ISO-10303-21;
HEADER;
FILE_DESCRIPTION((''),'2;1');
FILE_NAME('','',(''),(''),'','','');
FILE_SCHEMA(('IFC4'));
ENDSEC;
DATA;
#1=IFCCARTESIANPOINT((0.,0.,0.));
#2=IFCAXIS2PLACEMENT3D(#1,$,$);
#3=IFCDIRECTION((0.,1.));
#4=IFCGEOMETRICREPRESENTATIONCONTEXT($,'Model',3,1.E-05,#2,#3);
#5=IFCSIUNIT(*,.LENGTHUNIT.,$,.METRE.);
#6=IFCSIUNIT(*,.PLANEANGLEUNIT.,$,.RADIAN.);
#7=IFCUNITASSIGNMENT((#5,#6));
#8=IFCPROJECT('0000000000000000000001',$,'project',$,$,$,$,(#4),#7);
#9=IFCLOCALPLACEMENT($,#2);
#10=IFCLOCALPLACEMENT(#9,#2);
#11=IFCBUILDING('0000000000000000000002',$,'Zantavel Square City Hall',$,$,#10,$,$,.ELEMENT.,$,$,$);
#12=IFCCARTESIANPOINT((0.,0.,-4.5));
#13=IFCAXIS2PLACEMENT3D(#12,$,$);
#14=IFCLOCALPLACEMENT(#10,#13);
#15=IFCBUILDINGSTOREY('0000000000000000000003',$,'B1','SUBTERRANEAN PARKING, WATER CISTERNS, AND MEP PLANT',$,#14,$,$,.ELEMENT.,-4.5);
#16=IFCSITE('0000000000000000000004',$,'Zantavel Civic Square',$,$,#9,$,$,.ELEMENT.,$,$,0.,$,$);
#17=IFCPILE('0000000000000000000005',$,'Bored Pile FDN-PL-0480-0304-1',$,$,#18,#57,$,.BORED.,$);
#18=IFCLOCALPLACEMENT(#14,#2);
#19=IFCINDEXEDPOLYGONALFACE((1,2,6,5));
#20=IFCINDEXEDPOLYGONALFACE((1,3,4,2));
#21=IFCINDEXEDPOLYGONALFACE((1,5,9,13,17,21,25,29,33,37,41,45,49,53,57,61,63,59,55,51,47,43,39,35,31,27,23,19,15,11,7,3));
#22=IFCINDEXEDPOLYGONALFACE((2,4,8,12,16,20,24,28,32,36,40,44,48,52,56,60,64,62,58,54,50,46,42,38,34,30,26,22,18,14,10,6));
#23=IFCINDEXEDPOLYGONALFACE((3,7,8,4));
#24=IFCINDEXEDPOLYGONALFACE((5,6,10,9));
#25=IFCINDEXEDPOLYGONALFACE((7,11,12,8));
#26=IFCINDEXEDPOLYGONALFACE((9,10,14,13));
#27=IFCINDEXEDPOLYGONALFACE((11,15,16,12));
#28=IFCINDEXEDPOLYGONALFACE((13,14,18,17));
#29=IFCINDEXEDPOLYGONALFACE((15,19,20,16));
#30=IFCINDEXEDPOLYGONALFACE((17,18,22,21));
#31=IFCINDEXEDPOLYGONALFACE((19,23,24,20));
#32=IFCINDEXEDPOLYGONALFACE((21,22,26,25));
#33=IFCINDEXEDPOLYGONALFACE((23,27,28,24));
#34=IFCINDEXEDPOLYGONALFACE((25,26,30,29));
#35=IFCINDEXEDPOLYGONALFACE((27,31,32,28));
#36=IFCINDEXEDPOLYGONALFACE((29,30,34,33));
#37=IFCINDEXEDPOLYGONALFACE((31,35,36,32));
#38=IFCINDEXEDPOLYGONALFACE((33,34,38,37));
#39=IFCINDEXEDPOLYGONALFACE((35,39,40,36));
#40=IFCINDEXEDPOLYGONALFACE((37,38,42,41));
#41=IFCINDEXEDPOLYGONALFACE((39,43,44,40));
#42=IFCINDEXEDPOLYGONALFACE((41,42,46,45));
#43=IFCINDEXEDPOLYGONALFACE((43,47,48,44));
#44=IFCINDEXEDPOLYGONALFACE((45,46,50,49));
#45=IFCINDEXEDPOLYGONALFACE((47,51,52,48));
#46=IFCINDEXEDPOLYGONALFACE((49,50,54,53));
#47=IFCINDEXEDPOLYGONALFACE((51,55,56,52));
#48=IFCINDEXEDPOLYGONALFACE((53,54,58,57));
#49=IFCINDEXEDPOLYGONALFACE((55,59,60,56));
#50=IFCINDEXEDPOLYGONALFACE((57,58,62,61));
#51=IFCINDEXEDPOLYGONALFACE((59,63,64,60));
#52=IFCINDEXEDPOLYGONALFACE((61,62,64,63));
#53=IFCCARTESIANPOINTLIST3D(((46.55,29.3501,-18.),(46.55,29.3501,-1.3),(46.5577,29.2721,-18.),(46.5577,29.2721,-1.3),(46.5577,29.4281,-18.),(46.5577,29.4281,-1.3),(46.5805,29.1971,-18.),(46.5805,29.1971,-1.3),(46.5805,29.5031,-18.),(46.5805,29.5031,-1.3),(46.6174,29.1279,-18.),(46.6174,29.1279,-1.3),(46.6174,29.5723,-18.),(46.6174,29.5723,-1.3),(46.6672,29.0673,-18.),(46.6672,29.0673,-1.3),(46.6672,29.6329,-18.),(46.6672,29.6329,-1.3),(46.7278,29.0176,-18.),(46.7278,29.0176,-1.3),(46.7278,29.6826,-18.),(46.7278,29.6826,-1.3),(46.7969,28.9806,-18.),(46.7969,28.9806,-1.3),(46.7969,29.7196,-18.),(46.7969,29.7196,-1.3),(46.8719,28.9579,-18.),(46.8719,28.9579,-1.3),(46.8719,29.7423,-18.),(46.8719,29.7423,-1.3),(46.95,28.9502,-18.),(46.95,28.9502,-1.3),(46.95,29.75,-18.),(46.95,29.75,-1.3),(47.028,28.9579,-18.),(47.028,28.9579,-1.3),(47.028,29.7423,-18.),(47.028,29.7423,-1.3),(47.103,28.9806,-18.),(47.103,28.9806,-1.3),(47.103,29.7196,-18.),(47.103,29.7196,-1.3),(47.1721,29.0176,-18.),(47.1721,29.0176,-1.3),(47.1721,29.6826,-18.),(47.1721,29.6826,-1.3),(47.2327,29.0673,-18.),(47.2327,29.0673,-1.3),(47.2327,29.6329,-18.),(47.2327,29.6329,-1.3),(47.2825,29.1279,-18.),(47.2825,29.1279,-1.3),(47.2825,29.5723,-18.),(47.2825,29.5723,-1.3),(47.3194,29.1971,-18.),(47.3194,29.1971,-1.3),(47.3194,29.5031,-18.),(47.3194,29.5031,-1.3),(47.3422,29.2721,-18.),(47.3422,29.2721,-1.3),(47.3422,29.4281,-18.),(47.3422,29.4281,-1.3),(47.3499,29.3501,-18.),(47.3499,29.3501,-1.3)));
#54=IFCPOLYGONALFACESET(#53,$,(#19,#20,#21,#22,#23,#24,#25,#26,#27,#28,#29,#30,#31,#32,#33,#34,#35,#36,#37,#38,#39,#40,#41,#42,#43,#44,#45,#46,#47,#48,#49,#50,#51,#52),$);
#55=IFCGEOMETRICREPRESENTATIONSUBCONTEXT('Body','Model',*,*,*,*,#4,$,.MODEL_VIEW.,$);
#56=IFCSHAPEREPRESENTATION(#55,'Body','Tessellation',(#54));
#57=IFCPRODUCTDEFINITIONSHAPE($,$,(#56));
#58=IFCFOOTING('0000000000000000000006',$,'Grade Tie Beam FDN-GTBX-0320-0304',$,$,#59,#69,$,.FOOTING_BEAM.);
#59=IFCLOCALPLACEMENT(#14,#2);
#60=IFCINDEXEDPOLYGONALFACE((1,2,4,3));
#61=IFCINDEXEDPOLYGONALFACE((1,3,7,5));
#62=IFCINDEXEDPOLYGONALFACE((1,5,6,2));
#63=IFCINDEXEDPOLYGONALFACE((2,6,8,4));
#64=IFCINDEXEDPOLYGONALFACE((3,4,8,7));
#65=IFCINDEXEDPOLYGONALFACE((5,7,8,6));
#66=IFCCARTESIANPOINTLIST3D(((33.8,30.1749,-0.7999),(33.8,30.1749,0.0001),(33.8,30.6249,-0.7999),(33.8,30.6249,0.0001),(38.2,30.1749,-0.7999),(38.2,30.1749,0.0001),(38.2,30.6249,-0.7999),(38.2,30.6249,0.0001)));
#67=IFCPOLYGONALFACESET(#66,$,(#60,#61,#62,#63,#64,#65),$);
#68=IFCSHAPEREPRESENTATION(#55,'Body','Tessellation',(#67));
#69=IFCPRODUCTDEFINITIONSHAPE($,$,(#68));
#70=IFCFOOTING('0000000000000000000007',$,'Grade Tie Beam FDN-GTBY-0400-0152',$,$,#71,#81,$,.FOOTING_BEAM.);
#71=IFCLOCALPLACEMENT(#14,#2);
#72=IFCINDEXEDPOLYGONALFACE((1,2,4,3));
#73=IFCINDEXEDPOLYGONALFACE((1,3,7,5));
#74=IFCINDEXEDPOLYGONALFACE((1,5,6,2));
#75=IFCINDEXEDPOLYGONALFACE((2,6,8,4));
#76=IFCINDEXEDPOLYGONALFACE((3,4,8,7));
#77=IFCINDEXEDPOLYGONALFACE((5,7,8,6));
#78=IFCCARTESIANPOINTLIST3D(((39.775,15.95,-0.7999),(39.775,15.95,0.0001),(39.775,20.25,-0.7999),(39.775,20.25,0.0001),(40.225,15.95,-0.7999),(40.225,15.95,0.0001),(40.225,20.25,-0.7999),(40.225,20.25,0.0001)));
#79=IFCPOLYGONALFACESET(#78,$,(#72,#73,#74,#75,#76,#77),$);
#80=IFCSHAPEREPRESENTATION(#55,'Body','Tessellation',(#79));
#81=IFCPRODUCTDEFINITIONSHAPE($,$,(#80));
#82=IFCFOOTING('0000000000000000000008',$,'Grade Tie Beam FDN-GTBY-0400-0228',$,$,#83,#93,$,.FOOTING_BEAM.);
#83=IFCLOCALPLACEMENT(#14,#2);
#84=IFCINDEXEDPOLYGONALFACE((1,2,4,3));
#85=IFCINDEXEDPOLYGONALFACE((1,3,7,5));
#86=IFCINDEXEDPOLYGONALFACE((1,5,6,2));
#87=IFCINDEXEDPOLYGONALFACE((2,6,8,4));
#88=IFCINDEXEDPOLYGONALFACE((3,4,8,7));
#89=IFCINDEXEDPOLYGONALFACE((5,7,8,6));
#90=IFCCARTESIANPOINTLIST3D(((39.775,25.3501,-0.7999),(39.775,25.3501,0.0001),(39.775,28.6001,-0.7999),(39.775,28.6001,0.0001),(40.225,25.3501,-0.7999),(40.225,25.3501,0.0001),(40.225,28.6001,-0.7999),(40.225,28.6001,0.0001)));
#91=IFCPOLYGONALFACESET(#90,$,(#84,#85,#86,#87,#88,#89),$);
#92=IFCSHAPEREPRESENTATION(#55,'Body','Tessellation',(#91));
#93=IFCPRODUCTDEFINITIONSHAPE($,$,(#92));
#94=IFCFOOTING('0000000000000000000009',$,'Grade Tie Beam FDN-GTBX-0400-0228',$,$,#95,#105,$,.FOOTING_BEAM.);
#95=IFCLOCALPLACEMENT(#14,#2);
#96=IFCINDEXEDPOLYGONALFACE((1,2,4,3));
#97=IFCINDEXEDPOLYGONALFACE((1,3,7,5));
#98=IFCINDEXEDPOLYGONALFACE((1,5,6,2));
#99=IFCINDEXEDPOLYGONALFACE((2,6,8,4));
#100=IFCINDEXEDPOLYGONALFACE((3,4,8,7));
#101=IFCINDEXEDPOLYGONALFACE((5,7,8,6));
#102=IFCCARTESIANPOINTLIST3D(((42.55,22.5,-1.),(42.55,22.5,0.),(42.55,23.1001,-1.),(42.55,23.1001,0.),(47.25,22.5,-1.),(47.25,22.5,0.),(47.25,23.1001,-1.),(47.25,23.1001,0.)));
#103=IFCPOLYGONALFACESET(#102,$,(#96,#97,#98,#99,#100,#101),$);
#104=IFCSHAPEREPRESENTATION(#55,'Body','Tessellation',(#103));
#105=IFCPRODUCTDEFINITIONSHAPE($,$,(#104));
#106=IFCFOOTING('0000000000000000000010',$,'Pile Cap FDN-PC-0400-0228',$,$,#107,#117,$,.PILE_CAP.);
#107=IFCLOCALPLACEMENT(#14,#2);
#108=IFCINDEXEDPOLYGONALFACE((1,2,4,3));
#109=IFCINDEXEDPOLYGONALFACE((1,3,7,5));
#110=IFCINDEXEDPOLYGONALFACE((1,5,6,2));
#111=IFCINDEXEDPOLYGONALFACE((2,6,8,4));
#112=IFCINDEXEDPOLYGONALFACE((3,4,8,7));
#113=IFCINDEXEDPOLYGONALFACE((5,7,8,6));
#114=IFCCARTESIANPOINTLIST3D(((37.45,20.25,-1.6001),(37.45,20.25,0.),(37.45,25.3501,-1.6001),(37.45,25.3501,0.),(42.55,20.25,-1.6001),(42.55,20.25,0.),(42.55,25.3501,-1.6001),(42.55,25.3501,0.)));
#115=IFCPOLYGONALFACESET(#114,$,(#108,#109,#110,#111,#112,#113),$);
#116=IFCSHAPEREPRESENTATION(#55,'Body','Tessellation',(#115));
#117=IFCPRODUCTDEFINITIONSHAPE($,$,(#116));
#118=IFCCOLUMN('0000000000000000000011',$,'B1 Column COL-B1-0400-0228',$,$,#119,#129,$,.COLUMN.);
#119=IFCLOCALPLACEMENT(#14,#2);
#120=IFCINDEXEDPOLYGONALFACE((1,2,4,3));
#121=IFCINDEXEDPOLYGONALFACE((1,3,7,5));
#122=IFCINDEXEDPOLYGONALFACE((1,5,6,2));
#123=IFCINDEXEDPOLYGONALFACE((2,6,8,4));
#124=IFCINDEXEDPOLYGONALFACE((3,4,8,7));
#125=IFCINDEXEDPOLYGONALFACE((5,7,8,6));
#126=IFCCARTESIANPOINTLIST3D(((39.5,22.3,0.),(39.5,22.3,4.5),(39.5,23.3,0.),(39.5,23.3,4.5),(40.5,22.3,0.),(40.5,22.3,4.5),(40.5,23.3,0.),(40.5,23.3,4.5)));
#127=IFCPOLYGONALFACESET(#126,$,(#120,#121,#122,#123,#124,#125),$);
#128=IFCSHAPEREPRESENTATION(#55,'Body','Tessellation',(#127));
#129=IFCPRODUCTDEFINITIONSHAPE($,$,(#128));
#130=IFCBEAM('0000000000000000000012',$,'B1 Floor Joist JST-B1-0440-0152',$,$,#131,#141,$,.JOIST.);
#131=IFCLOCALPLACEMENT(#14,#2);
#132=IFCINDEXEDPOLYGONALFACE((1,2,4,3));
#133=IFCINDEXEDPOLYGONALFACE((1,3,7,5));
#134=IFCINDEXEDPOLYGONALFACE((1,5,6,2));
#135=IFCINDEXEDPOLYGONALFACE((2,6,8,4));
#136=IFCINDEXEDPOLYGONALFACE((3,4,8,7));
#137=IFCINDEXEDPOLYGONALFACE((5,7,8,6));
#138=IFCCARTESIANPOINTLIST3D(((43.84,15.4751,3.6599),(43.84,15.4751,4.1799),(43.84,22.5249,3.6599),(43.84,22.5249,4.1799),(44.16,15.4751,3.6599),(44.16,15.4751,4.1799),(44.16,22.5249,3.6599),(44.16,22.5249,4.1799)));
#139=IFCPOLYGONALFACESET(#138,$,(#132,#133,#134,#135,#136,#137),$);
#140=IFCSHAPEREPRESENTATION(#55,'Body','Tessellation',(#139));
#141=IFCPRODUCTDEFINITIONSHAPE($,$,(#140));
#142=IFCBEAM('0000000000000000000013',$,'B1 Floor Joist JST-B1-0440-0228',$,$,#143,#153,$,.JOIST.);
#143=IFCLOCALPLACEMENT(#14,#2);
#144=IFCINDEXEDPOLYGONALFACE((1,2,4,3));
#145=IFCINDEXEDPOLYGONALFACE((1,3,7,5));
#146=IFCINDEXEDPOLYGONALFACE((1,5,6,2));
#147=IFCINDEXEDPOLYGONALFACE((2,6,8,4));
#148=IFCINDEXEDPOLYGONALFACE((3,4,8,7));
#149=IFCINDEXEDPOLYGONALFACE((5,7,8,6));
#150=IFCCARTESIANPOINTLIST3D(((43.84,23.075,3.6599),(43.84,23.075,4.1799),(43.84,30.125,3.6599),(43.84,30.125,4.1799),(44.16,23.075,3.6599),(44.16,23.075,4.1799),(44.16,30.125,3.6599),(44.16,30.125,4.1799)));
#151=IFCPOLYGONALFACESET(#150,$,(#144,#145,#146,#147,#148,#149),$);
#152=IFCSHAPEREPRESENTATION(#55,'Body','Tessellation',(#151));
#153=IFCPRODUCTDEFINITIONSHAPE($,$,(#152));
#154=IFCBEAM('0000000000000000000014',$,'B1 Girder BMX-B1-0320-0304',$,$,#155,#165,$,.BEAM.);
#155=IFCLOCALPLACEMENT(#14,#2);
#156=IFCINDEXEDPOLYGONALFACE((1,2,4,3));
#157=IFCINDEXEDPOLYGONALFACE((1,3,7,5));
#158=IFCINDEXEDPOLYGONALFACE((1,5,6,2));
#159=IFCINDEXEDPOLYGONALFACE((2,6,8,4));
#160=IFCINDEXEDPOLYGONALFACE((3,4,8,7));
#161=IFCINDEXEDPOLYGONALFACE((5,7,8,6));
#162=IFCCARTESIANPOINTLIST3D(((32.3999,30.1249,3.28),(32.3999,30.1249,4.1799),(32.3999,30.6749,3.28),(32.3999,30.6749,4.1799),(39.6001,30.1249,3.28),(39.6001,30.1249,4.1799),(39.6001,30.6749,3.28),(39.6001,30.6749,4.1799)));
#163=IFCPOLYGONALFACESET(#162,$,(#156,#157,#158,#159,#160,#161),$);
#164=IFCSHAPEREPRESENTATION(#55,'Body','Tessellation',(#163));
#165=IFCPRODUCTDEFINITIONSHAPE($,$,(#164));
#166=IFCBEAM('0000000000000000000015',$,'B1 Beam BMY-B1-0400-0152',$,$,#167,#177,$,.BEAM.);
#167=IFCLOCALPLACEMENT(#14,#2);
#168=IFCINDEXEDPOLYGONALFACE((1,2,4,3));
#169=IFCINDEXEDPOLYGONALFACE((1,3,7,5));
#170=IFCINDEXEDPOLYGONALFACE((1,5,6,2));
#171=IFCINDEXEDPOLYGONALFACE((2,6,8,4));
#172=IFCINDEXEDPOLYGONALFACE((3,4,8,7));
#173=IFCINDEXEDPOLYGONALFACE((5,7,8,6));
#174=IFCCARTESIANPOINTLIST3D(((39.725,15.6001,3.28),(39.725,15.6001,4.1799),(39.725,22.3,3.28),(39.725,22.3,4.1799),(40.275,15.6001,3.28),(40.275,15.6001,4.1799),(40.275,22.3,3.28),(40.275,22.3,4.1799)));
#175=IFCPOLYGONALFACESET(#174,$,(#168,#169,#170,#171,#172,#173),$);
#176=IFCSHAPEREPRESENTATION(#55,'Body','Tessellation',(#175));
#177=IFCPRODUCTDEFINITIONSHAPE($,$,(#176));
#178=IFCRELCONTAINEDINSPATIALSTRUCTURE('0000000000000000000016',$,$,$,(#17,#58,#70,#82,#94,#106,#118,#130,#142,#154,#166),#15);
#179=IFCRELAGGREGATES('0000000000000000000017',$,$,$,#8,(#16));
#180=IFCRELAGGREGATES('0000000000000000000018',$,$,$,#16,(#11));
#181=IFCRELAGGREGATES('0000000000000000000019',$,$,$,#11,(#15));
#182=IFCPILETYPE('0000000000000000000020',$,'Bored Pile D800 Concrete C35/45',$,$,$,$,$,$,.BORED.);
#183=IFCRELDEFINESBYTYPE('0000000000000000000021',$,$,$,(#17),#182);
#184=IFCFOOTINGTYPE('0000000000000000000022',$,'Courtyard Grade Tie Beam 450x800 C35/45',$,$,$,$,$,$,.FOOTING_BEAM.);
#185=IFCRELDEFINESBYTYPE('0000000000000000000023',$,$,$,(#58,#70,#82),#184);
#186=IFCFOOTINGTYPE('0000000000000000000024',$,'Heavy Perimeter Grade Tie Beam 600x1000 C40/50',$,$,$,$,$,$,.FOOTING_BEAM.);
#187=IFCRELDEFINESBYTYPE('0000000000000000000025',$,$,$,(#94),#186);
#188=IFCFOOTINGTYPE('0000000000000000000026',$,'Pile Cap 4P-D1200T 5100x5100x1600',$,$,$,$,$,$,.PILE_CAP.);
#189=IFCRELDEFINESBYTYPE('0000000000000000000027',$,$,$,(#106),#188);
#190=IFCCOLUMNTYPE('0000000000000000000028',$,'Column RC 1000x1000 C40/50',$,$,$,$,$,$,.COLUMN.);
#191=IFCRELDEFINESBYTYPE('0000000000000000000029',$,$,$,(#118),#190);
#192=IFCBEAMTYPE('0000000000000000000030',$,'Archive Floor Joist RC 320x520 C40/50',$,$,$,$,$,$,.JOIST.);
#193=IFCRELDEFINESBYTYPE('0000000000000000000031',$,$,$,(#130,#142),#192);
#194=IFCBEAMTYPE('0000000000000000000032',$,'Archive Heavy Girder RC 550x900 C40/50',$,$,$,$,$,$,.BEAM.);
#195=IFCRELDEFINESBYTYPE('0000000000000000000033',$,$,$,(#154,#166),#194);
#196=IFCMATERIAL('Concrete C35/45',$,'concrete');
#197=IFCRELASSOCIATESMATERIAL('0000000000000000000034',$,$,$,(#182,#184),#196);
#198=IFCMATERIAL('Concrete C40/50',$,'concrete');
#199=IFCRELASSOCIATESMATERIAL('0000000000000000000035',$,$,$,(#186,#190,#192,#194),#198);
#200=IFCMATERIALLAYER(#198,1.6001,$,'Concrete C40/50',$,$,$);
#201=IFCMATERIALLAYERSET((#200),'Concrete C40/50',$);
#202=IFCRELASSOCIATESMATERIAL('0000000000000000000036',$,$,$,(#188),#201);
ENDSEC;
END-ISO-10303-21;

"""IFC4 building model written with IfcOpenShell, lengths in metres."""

from ifc_helpers import new_model, si_unit, direction, frame, origin, origin_2d, place, context, subcontext, project, spatial, rectangle, circle, extrude, material, layer, layer_set, material_profile, profile_set, type_object, element, save


model = new_model("IFC4")

# Units and contexts
model_context = context("Model", 3, precision=1e-05, world=origin(), true_north=direction((0.0, 1.0)))
body_context = subcontext(model_context, "Body", "Model", "MODEL_VIEW")
ifc_project = project(units=[si_unit("LENGTHUNIT", "METRE"), si_unit("PLANEANGLEUNIT", "RADIAN")], contexts=[model_context])

# Site, building, storey
site_placement = place(None, origin())
site = spatial("IfcSite", under=ifc_project, at=site_placement, Name="Zantavel Civic Square", CompositionType="ELEMENT", RefElevation=0.0)
building_placement = place(site_placement, origin())
building = spatial("IfcBuilding", under=site, at=building_placement, Name="Zantavel Square City Hall", CompositionType="ELEMENT")
storey_placement = place(building_placement, frame((0.0, 0.0, -4.5)))
storey = spatial("IfcBuildingStorey", under=building, at=storey_placement, Name="B1", Description="SUBTERRANEAN PARKING, WATER CISTERNS, AND MEP PLANT", CompositionType="ELEMENT", Elevation=-4.5)

# Pile
ifc_material_1 = material(Name="Concrete C35/45", Category="concrete")
ifc_material_profile_1 = material_profile(ifc_material_1, circle(Radius=0.3999, at=origin_2d()), Name="PILE D800")
ifc_profile_set_1 = profile_set([ifc_material_profile_1], Name="Concrete C35/45")
pile_type_1 = type_object("IfcPileType", Name="Bored Pile D800 Concrete C35/45", PredefinedType="BORED", material=ifc_profile_set_1)
pile_1_placement = place(storey_placement, frame((46.95, 29.3501, -1.3), z_axis=(0.0, 0.0, -1.0), x_axis=(1.0, 0.0, 0.0)))
element("IfcPile", 1, at=pile_1_placement, inside=storey, type_object=pile_type_1, Name="Bored Pile FDN-PL-0480-0304-1", PredefinedType="BORED", context=body_context, shape_type="SweptSolid", body=[
    extrude(circle(Radius=0.3999, at=origin_2d()), origin(), (0.0, 0.0, 1.0), 16.7),
])

# Footings
ifc_material_profile_2 = material_profile(ifc_material_1, rectangle(XDim=0.45, YDim=0.8, at=origin_2d()), Name="RC 450x800")
ifc_profile_set_2 = profile_set([ifc_material_profile_2], Name="Concrete C35/45")
footing_type_1 = type_object("IfcFootingType", Name="Courtyard Grade Tie Beam 450x800 C35/45", PredefinedType="FOOTING_BEAM", material=ifc_profile_set_2)
footing_1_placement = place(storey_placement, frame((33.8, 30.3999, -0.3999), z_axis=(1.0, 0.0, 0.0), x_axis=(0.0, 1.0, 0.0)))
element("IfcFooting", 2, at=footing_1_placement, inside=storey, type_object=footing_type_1, Name="Grade Tie Beam FDN-GTBX-0320-0304", PredefinedType="FOOTING_BEAM", context=body_context, shape_type="SweptSolid", body=[
    extrude(rectangle(XDim=0.45, YDim=0.8, at=origin_2d()), origin(), (0.0, 0.0, 1.0), 4.3999),
])
footing_2_placement = place(storey_placement, frame((40.0, 15.95, -0.3999), z_axis=(0.0, 1.0, 0.0), x_axis=(-1.0, 0.0, 0.0)))
element("IfcFooting", 3, at=footing_2_placement, inside=storey, type_object=footing_type_1, Name="Grade Tie Beam FDN-GTBY-0400-0152", PredefinedType="FOOTING_BEAM", context=body_context, shape_type="SweptSolid", body=[
    extrude(rectangle(XDim=0.45, YDim=0.8, at=origin_2d()), origin(), (0.0, 0.0, 1.0), 4.3),
])
footing_3_placement = place(storey_placement, frame((40.0, 25.3501, -0.3999), z_axis=(0.0, 1.0, 0.0), x_axis=(-1.0, 0.0, 0.0)))
element("IfcFooting", 4, at=footing_3_placement, inside=storey, type_object=footing_type_1, Name="Grade Tie Beam FDN-GTBY-0400-0228", PredefinedType="FOOTING_BEAM", context=body_context, shape_type="SweptSolid", body=[
    extrude(rectangle(XDim=0.45, YDim=0.8, at=origin_2d()), origin(), (0.0, 0.0, 1.0), 3.25),
])
ifc_material_2 = material(Name="Concrete C40/50", Category="concrete")
ifc_material_profile_3 = material_profile(ifc_material_2, rectangle(XDim=0.6001, YDim=1.0, at=origin_2d()), Name="RC 600x1000")
ifc_profile_set_3 = profile_set([ifc_material_profile_3], Name="Concrete C40/50")
footing_type_2 = type_object("IfcFootingType", Name="Heavy Perimeter Grade Tie Beam 600x1000 C40/50", PredefinedType="FOOTING_BEAM", material=ifc_profile_set_3)
footing_4_placement = place(storey_placement, frame((42.55, 22.8, -0.5), z_axis=(1.0, 0.0, 0.0), x_axis=(0.0, 1.0, 0.0)))
element("IfcFooting", 5, at=footing_4_placement, inside=storey, type_object=footing_type_2, Name="Grade Tie Beam FDN-GTBX-0400-0228", PredefinedType="FOOTING_BEAM", context=body_context, shape_type="SweptSolid", body=[
    extrude(rectangle(XDim=0.6001, YDim=1.0, at=origin_2d()), origin(), (0.0, 0.0, 1.0), 4.7),
])
ifc_layer = layer(ifc_material_2, 1.6001, Name="Concrete C40/50")
ifc_layer_set = layer_set([ifc_layer], Name="Concrete C40/50")
footing_type_3 = type_object("IfcFootingType", Name="Pile Cap 4P-D1200T 5100x5100x1600", PredefinedType="PILE_CAP", material=ifc_layer_set)
footing_5_placement = place(storey_placement, frame((40.0, 22.8, -1.6001), z_axis=(0.0, 0.0, 1.0), x_axis=(1.0, 0.0, 0.0)))
element("IfcFooting", 6, at=footing_5_placement, inside=storey, type_object=footing_type_3, Name="Pile Cap FDN-PC-0400-0228", PredefinedType="PILE_CAP", context=body_context, shape_type="SweptSolid", body=[
    extrude(rectangle(XDim=5.1001, YDim=5.1001, at=origin_2d()), origin(), (0.0, 0.0, 1.0), 1.6001),
])

# Column
ifc_material_profile_4 = material_profile(ifc_material_2, rectangle(XDim=1.0, YDim=1.0, at=origin_2d()), Name="RC 1000x1000")
ifc_profile_set_4 = profile_set([ifc_material_profile_4], Name="Concrete C40/50")
column_type = type_object("IfcColumnType", Name="Column RC 1000x1000 C40/50", PredefinedType="COLUMN", material=ifc_profile_set_4)
column_placement = place(storey_placement, frame((40.0, 22.8, 0.0), z_axis=(0.0, 0.0, 1.0), x_axis=(1.0, 0.0, 0.0)))
element("IfcColumn", 7, at=column_placement, inside=storey, type_object=column_type, Name="B1 Column COL-B1-0400-0228", PredefinedType="COLUMN", context=body_context, shape_type="SweptSolid", body=[
    extrude(rectangle(XDim=1.0, YDim=1.0, at=origin_2d()), origin(), (0.0, 0.0, 1.0), 4.5),
])

# Beams
ifc_material_profile_5 = material_profile(ifc_material_2, rectangle(XDim=0.3201, YDim=0.52, at=origin_2d()), Name="RC 320x520")
ifc_profile_set_5 = profile_set([ifc_material_profile_5], Name="Concrete C40/50")
beam_type_1 = type_object("IfcBeamType", Name="Archive Floor Joist RC 320x520 C40/50", PredefinedType="JOIST", material=ifc_profile_set_5)
beam_1_placement = place(storey_placement, frame((44.0, 15.4751, 3.9199), z_axis=(0.0, 1.0, 0.0), x_axis=(-1.0, 0.0, 0.0)))
element("IfcBeam", 8, at=beam_1_placement, inside=storey, type_object=beam_type_1, Name="B1 Floor Joist JST-B1-0440-0152", PredefinedType="JOIST", context=body_context, shape_type="SweptSolid", body=[
    extrude(rectangle(XDim=0.3201, YDim=0.52, at=origin_2d()), origin(), (0.0, 0.0, 1.0), 7.0498),
])
beam_2_placement = place(storey_placement, frame((44.0, 23.075, 3.9199), z_axis=(0.0, 1.0, 0.0), x_axis=(-1.0, 0.0, 0.0)))
element("IfcBeam", 9, at=beam_2_placement, inside=storey, type_object=beam_type_1, Name="B1 Floor Joist JST-B1-0440-0228", PredefinedType="JOIST", context=body_context, shape_type="SweptSolid", body=[
    extrude(rectangle(XDim=0.3201, YDim=0.52, at=origin_2d()), origin(), (0.0, 0.0, 1.0), 7.05),
])
ifc_material_profile_6 = material_profile(ifc_material_2, rectangle(XDim=0.55, YDim=0.8999, at=origin_2d()), Name="RC 550x900")
ifc_profile_set_6 = profile_set([ifc_material_profile_6], Name="Concrete C40/50")
beam_type_2 = type_object("IfcBeamType", Name="Archive Heavy Girder RC 550x900 C40/50", PredefinedType="BEAM", material=ifc_profile_set_6)
beam_3_placement = place(storey_placement, frame((32.3999, 30.3999, 3.73), z_axis=(1.0, 0.0, 0.0), x_axis=(0.0, 1.0, 0.0)))
element("IfcBeam", 10, at=beam_3_placement, inside=storey, type_object=beam_type_2, Name="B1 Girder BMX-B1-0320-0304", PredefinedType="BEAM", context=body_context, shape_type="SweptSolid", body=[
    extrude(rectangle(XDim=0.55, YDim=0.8999, at=origin_2d()), origin(), (0.0, 0.0, 1.0), 7.2002),
])
beam_4_placement = place(storey_placement, frame((40.0, 15.6001, 3.73), z_axis=(0.0, 1.0, 0.0), x_axis=(-1.0, 0.0, 0.0)))
element("IfcBeam", 11, at=beam_4_placement, inside=storey, type_object=beam_type_2, Name="B1 Beam BMY-B1-0400-0152", PredefinedType="BEAM", context=body_context, shape_type="SweptSolid", body=[
    extrude(rectangle(XDim=0.55, YDim=0.8999, at=origin_2d()), origin(), (0.0, 0.0, 1.0), 6.7),
])

save(model, "model.ifc")
